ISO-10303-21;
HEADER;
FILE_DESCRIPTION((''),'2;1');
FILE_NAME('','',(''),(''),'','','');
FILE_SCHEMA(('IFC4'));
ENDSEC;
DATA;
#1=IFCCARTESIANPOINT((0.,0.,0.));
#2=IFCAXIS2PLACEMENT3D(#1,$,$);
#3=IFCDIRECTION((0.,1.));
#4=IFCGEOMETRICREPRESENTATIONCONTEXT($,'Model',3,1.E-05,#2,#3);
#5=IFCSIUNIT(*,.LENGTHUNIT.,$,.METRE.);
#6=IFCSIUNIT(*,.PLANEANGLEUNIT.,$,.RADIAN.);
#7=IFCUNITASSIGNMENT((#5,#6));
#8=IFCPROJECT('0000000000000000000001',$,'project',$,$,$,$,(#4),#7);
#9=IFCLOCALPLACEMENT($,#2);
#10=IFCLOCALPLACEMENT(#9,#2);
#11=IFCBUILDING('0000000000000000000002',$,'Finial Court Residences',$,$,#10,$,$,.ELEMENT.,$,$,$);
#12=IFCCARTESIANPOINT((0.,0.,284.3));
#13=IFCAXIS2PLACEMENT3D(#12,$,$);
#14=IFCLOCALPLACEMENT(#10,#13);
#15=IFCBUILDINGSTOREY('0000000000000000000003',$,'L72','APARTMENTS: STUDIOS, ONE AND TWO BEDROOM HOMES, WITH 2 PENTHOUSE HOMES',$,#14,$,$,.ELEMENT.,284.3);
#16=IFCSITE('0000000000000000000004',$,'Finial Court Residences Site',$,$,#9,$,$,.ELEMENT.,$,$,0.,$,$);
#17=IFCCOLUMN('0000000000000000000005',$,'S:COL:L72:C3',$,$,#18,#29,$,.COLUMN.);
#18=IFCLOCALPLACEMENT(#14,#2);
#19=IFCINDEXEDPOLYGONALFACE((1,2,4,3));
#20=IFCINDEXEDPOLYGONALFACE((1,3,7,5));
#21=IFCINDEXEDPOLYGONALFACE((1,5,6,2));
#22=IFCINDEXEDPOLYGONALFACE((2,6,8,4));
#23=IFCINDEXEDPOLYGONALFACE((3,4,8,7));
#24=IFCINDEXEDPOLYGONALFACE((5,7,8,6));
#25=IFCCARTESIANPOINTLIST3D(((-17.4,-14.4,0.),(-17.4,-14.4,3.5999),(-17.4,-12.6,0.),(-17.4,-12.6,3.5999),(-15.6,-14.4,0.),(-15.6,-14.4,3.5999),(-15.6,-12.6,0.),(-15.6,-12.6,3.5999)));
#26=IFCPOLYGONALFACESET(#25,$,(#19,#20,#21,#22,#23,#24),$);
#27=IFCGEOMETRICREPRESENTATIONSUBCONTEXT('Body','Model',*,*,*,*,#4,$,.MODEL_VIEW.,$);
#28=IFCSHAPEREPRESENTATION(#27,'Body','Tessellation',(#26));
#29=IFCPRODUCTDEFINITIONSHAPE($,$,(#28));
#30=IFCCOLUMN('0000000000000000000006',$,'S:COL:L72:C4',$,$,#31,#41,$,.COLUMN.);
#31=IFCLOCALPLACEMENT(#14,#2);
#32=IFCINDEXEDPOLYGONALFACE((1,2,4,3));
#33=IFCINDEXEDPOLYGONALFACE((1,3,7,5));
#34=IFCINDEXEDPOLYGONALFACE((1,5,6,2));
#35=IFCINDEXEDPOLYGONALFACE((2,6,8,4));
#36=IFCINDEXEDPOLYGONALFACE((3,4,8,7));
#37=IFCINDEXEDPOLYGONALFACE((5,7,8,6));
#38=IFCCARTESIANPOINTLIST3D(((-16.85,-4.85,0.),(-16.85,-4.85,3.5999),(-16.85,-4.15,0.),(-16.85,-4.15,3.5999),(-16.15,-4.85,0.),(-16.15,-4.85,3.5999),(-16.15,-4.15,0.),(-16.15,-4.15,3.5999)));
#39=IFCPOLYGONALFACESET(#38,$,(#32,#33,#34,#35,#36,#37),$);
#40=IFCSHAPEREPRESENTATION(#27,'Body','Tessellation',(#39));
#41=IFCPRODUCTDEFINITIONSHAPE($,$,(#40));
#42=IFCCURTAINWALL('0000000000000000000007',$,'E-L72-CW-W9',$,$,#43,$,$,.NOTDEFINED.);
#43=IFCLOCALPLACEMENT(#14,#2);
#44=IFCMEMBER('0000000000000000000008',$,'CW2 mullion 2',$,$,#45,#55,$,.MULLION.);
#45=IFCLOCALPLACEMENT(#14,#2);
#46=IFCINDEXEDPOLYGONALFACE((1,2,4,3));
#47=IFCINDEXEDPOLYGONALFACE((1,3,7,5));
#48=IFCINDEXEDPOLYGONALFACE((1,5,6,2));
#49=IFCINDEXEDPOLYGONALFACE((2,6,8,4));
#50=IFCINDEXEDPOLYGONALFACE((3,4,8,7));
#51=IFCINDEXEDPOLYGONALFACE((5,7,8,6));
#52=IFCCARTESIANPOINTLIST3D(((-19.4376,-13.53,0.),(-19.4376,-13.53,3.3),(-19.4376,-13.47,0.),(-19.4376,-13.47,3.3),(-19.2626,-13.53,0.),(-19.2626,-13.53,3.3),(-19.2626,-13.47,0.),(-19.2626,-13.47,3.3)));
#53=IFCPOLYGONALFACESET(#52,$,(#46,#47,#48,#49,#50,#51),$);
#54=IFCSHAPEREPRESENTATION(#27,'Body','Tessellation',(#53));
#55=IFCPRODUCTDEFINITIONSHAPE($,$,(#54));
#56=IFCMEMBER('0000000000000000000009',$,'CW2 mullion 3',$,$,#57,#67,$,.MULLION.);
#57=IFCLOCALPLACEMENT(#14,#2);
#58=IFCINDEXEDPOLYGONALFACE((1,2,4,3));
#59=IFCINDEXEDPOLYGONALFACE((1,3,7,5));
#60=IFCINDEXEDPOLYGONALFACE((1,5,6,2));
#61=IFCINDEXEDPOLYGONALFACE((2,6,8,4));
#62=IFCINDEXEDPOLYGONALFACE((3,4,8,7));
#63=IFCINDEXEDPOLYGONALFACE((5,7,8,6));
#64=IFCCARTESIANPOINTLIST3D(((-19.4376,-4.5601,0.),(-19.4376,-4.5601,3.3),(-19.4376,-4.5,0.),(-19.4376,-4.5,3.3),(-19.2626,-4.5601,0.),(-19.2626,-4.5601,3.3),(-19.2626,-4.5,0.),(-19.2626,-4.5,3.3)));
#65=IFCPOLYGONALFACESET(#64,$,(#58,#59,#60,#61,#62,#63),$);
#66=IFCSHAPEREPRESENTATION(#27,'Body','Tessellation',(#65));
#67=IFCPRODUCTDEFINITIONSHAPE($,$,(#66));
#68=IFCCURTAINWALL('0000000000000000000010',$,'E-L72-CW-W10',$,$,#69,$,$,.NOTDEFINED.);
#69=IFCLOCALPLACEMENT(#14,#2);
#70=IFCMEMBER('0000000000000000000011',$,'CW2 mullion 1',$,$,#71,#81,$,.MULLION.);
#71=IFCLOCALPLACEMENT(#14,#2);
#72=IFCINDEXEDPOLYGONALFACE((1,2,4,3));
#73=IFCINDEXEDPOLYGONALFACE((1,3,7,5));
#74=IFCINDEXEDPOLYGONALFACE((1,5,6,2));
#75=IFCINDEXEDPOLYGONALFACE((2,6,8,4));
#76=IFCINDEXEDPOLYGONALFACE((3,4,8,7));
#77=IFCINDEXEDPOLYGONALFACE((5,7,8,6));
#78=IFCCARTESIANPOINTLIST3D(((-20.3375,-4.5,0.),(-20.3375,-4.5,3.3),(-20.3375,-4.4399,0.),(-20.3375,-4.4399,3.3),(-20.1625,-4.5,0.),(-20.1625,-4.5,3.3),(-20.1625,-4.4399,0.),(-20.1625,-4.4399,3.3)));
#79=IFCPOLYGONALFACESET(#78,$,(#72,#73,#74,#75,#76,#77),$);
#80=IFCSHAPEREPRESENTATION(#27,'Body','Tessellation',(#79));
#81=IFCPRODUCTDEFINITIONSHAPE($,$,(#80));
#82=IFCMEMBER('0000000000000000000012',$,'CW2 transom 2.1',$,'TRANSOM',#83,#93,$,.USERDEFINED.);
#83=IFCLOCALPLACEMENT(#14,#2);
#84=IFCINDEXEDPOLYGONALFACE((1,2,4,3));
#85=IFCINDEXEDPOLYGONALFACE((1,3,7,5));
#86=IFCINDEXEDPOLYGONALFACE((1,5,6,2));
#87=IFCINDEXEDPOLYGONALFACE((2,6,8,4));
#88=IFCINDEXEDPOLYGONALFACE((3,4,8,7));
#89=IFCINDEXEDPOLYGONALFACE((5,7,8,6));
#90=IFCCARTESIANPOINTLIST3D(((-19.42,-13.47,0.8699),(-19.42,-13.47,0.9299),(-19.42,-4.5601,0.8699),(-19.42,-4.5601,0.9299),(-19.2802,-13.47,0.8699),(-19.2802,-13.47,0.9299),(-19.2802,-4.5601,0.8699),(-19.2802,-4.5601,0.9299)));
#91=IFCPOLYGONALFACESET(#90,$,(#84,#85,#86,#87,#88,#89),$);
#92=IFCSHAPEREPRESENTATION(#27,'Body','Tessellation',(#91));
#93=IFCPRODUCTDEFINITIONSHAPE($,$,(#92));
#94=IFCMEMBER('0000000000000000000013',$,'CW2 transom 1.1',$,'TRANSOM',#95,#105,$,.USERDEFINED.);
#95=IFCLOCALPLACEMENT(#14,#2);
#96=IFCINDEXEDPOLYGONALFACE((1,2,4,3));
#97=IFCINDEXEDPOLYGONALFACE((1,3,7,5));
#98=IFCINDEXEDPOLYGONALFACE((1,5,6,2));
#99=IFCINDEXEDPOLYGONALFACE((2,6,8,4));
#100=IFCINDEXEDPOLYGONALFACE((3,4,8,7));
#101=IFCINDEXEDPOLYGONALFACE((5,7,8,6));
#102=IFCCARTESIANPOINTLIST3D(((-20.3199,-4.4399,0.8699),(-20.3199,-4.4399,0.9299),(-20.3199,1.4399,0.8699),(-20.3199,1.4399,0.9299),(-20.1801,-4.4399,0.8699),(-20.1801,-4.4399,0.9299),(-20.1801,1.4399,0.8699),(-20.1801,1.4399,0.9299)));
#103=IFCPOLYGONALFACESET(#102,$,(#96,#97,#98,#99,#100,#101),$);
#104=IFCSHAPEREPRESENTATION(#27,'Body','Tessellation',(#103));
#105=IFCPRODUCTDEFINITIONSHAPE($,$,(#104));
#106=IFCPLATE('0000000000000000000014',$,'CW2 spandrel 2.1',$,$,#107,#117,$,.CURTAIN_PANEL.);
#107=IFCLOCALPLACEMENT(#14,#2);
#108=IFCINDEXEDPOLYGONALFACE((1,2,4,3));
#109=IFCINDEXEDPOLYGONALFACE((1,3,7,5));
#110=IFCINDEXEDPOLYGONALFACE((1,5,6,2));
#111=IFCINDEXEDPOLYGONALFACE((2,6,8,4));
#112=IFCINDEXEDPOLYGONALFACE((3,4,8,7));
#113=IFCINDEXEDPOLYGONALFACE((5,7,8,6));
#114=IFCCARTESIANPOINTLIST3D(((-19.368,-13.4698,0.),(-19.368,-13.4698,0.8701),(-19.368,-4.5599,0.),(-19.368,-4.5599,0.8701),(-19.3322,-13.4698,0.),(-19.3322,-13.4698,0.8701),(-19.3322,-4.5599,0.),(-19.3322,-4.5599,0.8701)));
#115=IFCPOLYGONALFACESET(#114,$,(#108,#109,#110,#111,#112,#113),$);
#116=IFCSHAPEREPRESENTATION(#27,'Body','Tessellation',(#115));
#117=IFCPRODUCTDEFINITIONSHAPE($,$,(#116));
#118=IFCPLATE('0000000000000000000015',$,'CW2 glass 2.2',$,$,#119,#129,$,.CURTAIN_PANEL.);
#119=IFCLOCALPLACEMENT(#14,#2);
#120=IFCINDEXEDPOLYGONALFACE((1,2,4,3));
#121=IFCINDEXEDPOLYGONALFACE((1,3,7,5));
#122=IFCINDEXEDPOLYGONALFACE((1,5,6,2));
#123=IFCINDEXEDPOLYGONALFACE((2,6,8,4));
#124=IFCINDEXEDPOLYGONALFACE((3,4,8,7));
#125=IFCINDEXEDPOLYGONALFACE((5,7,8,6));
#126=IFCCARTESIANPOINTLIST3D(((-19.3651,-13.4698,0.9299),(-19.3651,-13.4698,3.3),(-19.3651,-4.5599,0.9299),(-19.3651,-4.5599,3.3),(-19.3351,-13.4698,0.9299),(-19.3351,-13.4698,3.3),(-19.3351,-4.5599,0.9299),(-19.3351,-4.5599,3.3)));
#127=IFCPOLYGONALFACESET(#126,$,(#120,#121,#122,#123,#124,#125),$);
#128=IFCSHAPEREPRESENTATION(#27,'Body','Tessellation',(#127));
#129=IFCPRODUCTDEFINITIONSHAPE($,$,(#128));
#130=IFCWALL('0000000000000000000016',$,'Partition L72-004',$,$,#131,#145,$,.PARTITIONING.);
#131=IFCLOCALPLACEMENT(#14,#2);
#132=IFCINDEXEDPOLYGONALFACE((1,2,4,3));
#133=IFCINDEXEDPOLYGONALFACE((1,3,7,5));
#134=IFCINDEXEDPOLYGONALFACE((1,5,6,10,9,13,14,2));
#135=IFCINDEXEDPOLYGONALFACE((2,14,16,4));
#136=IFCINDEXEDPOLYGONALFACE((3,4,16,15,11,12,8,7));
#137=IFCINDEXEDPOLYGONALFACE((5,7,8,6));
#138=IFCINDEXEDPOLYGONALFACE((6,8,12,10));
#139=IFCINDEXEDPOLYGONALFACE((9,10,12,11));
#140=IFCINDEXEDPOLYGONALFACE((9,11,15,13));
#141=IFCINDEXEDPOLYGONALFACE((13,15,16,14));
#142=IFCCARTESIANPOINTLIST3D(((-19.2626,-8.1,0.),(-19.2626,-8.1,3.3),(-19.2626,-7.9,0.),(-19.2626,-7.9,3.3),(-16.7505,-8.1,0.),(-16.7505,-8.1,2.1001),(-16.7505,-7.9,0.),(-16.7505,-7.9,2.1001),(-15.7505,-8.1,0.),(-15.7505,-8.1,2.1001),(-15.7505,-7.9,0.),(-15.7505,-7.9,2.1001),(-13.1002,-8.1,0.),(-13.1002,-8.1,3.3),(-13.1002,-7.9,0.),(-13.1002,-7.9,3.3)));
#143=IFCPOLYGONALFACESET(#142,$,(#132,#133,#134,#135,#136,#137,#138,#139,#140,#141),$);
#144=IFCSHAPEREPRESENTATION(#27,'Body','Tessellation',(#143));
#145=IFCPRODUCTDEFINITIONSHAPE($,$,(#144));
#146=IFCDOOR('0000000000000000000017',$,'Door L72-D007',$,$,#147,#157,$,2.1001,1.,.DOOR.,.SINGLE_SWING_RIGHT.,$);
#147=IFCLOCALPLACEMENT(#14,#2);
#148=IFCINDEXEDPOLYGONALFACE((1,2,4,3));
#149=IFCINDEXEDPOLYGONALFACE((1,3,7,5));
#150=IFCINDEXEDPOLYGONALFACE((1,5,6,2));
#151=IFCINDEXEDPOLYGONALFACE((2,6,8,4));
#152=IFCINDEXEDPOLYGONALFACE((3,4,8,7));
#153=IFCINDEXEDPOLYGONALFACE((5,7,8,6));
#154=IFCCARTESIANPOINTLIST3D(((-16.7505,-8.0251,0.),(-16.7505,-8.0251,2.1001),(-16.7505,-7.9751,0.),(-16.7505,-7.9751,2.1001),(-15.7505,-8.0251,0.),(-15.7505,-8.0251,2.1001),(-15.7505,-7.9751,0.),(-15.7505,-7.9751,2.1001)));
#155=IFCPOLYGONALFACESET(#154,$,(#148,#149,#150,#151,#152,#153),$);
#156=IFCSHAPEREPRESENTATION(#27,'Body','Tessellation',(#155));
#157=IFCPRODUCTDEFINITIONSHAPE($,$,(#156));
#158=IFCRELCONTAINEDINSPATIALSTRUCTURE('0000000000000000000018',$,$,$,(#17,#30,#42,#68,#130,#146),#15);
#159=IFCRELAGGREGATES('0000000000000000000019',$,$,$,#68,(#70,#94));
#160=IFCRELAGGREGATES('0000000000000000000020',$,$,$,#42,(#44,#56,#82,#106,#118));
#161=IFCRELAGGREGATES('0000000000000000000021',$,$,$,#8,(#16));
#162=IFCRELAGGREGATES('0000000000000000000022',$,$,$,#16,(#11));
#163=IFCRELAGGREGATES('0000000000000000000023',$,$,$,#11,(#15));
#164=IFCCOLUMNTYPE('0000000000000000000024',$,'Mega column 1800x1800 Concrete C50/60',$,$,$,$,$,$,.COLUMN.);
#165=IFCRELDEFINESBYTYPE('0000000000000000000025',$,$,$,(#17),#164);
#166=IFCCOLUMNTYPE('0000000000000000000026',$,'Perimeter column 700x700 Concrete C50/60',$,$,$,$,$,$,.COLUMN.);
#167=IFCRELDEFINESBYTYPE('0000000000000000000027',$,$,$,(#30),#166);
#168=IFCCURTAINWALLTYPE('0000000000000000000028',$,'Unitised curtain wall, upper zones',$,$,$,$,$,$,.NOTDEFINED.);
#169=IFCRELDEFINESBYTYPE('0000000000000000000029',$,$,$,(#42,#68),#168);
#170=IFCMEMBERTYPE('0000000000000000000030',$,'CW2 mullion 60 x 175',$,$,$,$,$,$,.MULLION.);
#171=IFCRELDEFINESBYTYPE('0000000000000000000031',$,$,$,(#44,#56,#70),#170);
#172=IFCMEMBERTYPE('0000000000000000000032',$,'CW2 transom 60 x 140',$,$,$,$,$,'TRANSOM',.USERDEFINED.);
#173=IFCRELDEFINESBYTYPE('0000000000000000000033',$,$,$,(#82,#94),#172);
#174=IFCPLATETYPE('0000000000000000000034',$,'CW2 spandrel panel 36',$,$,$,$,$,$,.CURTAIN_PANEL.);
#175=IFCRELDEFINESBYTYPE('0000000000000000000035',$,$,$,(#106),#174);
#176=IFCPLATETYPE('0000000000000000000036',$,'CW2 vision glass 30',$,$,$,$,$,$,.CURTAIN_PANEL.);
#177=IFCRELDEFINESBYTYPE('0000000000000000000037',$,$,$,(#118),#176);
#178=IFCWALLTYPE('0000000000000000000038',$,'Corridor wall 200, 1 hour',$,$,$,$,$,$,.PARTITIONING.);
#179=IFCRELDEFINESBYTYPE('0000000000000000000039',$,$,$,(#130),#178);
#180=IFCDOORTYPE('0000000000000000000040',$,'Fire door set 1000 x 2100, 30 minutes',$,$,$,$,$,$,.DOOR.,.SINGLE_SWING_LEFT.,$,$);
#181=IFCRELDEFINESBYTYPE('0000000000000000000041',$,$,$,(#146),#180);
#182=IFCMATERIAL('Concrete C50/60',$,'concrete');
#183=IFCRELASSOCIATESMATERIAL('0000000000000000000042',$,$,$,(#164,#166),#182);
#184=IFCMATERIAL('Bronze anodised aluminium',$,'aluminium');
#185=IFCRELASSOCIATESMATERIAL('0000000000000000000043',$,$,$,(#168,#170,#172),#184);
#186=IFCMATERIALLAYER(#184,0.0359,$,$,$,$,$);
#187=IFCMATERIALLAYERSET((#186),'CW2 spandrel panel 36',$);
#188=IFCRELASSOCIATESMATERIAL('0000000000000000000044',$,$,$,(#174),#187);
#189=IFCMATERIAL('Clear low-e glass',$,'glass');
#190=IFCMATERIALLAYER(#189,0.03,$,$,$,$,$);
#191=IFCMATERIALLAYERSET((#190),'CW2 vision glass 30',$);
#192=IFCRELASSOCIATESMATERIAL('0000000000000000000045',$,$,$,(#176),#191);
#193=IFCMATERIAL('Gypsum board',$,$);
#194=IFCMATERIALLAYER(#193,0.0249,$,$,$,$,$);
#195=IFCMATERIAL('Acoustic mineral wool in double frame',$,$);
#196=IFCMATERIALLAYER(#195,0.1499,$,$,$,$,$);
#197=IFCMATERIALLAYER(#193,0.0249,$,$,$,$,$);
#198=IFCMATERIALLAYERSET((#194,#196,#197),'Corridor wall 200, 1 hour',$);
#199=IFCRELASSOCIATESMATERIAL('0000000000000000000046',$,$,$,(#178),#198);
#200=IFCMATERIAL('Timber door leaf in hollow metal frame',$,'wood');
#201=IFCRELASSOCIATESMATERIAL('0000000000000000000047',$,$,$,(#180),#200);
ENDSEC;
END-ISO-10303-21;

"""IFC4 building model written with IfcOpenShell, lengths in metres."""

from ifc_helpers import new_model, si_unit, direction, frame, frame_2d, origin, origin_2d, place, context, subcontext, project, spatial, rectangle, extrude, material, layer, layer_set, material_profile, profile_set, type_object, element, fill, aggregate, save


model = new_model("IFC4")

# Units and contexts
model_context = context("Model", 3, precision=1e-05, world=origin(), true_north=direction((0.0, 1.0)))
body_context = subcontext(model_context, "Body", "Model", "MODEL_VIEW")
ifc_project = project(units=[si_unit("LENGTHUNIT", "METRE"), si_unit("PLANEANGLEUNIT", "RADIAN")], contexts=[model_context])

# Site, building, storey
site_placement = place(None, origin())
site = spatial("IfcSite", under=ifc_project, at=site_placement, Name="Finial Court Residences Site", CompositionType="ELEMENT", RefElevation=0.0)
building_placement = place(site_placement, origin())
building = spatial("IfcBuilding", under=site, at=building_placement, Name="Finial Court Residences", CompositionType="ELEMENT")
storey_placement = place(building_placement, frame((0.0, 0.0, 284.3)))
storey = spatial("IfcBuildingStorey", under=building, at=storey_placement, Name="L72", Description="APARTMENTS: STUDIOS, ONE AND TWO BEDROOM HOMES, WITH 2 PENTHOUSE HOMES", CompositionType="ELEMENT", Elevation=284.3)

# Columns
ifc_material_1 = material(Name="Concrete C50/60", Category="concrete")
ifc_material_profile_1 = material_profile(ifc_material_1, rectangle(XDim=1.8, YDim=1.8, at=origin_2d()), Name="1800x1800")
ifc_profile_set_1 = profile_set([ifc_material_profile_1], Name="Concrete C50/60")
column_type_1 = type_object("IfcColumnType", Name="Mega column 1800x1800 Concrete C50/60", PredefinedType="COLUMN", material=ifc_profile_set_1)
column_1_placement = place(storey_placement, frame((-16.5, -13.5, 0.0), z_axis=(0.0, 0.0, 1.0), x_axis=(1.0, 0.0, 0.0)))
element("IfcColumn", 1, at=column_1_placement, inside=storey, type_object=column_type_1, Name="S:COL:L72:C3", PredefinedType="COLUMN", context=body_context, shape_type="SweptSolid", body=[
    extrude(rectangle(XDim=1.8, YDim=1.8, at=origin_2d()), origin(), (0.0, 0.0, 1.0), 3.5999),
])
ifc_material_profile_2 = material_profile(ifc_material_1, rectangle(XDim=0.7, YDim=0.7, at=origin_2d()), Name="700x700")
ifc_profile_set_2 = profile_set([ifc_material_profile_2], Name="Concrete C50/60")
column_type_2 = type_object("IfcColumnType", Name="Perimeter column 700x700 Concrete C50/60", PredefinedType="COLUMN", material=ifc_profile_set_2)
column_2_placement = place(storey_placement, frame((-16.5, -4.5, 0.0), z_axis=(0.0, 0.0, 1.0), x_axis=(1.0, 0.0, 0.0)))
element("IfcColumn", 2, at=column_2_placement, inside=storey, type_object=column_type_2, Name="S:COL:L72:C4", PredefinedType="COLUMN", context=body_context, shape_type="SweptSolid", body=[
    extrude(rectangle(XDim=0.7, YDim=0.7, at=origin_2d()), origin(), (0.0, 0.0, 1.0), 3.5999),
])

# Curtain wall, members
ifc_material_2 = material(Name="Bronze anodised aluminium", Category="aluminium")
curtain_wall_type = type_object("IfcCurtainWallType", Name="Unitised curtain wall, upper zones", PredefinedType="NOTDEFINED", material=ifc_material_2)
curtain_wall_1_placement = place(storey_placement, origin())
curtain_wall_1 = element("IfcCurtainWall", 3, at=curtain_wall_1_placement, inside=storey, type_object=curtain_wall_type, Name="E-L72-CW-W9", PredefinedType="NOTDEFINED")
ifc_material_profile_3 = material_profile(ifc_material_2, rectangle(XDim=0.175, YDim=0.0601, at=origin_2d()), Name="CW2 mullion 60 x 175")
ifc_profile_set_3 = profile_set([ifc_material_profile_3], Name="Bronze anodised aluminium")
member_type_1 = type_object("IfcMemberType", Name="CW2 mullion 60 x 175", PredefinedType="MULLION", material=ifc_profile_set_3)
member_1_placement = place(storey_placement, frame((-19.3501, -13.5, 0.0), z_axis=(0.0, 0.0, 1.0), x_axis=(-1.0, 0.0, 0.0)))
member_1 = element("IfcMember", 4, at=member_1_placement, type_object=member_type_1, Name="CW2 mullion 2", PredefinedType="MULLION", context=body_context, shape_type="SweptSolid", body=[
    extrude(rectangle(XDim=0.175, YDim=0.0601, at=origin_2d()), origin(), (0.0, 0.0, 1.0), 3.3),
])
member_2_placement = place(storey_placement, frame((-19.3501, -4.53, 0.0), z_axis=(0.0, 0.0, 1.0), x_axis=(-1.0, 0.0, 0.0)))
member_2 = element("IfcMember", 5, at=member_2_placement, type_object=member_type_1, Name="CW2 mullion 3", PredefinedType="MULLION", context=body_context, shape_type="SweptSolid", body=[
    extrude(rectangle(XDim=0.175, YDim=0.0601, at=origin_2d()), origin(), (0.0, 0.0, 1.0), 3.3),
])

# Curtain wall, member
curtain_wall_2_placement = place(storey_placement, origin())
curtain_wall_2 = element("IfcCurtainWall", 6, at=curtain_wall_2_placement, inside=storey, type_object=curtain_wall_type, Name="E-L72-CW-W10", PredefinedType="NOTDEFINED")
member_3_placement = place(storey_placement, frame((-20.25, -4.47, 0.0), z_axis=(0.0, 0.0, 1.0), x_axis=(-1.0, 0.0, 0.0)))
member_3 = element("IfcMember", 7, at=member_3_placement, type_object=member_type_1, Name="CW2 mullion 1", PredefinedType="MULLION", context=body_context, shape_type="SweptSolid", body=[
    extrude(rectangle(XDim=0.175, YDim=0.0601, at=origin_2d()), origin(), (0.0, 0.0, 1.0), 3.3),
])

# Members
ifc_material_profile_4 = material_profile(ifc_material_2, rectangle(XDim=0.1399, YDim=0.0601, at=origin_2d()), Name="CW2 transom 60 x 140")
ifc_profile_set_4 = profile_set([ifc_material_profile_4], Name="Bronze anodised aluminium")
member_type_2 = type_object("IfcMemberType", Name="CW2 transom 60 x 140", ElementType="TRANSOM", PredefinedType="USERDEFINED", material=ifc_profile_set_4)
member_4_placement = place(storey_placement, frame((-19.3501, -13.47, 0.8999), z_axis=(0.0, 1.0, 0.0), x_axis=(-1.0, 0.0, 0.0)))
member_4 = element("IfcMember", 8, at=member_4_placement, type_object=member_type_2, Name="CW2 transom 2.1", ObjectType="TRANSOM", PredefinedType="USERDEFINED", context=body_context, shape_type="SweptSolid", body=[
    extrude(rectangle(XDim=0.1399, YDim=0.0601, at=origin_2d()), origin(), (0.0, 0.0, 1.0), 8.9099),
])
member_5_placement = place(storey_placement, frame((-20.25, -4.4399, 0.8999), z_axis=(0.0, 1.0, 0.0), x_axis=(-1.0, 0.0, 0.0)))
member_5 = element("IfcMember", 9, at=member_5_placement, type_object=member_type_2, Name="CW2 transom 1.1", ObjectType="TRANSOM", PredefinedType="USERDEFINED", context=body_context, shape_type="SweptSolid", body=[
    extrude(rectangle(XDim=0.1399, YDim=0.0601, at=origin_2d()), origin(), (0.0, 0.0, 1.0), 5.8799),
])
aggregate(curtain_wall_2, [member_3, member_5])

# Plates
ifc_layer_1 = layer(ifc_material_2, 0.0359)
ifc_layer_set_1 = layer_set([ifc_layer_1], Name="CW2 spandrel panel 36")
plate_type_1 = type_object("IfcPlateType", Name="CW2 spandrel panel 36", PredefinedType="CURTAIN_PANEL", material=ifc_layer_set_1)
plate_1_placement = place(storey_placement, frame((-19.3501, -9.0149, 0.0), z_axis=(0.0, 0.0, 1.0), x_axis=(0.0, 1.0, 0.0)))
plate_1 = element("IfcPlate", 10, at=plate_1_placement, type_object=plate_type_1, Name="CW2 spandrel 2.1", PredefinedType="CURTAIN_PANEL", context=body_context, shape_type="SweptSolid", body=[
    extrude(rectangle(XDim=8.9099, YDim=0.0359, at=origin_2d()), origin(), (0.0, 0.0, 1.0), 0.8701),
])
ifc_material_3 = material(Name="Clear low-e glass", Category="glass")
ifc_layer_2 = layer(ifc_material_3, 0.03)
ifc_layer_set_2 = layer_set([ifc_layer_2], Name="CW2 vision glass 30")
plate_type_2 = type_object("IfcPlateType", Name="CW2 vision glass 30", PredefinedType="CURTAIN_PANEL", material=ifc_layer_set_2)
plate_2_placement = place(storey_placement, frame((-19.3501, -9.0149, 0.9299), z_axis=(0.0, 0.0, 1.0), x_axis=(0.0, 1.0, 0.0)))
plate_2 = element("IfcPlate", 11, at=plate_2_placement, type_object=plate_type_2, Name="CW2 glass 2.2", PredefinedType="CURTAIN_PANEL", context=body_context, shape_type="SweptSolid", body=[
    extrude(rectangle(XDim=8.9099, YDim=0.03, at=origin_2d()), origin(), (0.0, 0.0, 1.0), 2.3701),
])
aggregate(curtain_wall_1, [member_1, member_2, member_4, plate_1, plate_2])

# Wall, opening, door
ifc_material_4 = material(Name="Gypsum board")
ifc_layer_3 = layer(ifc_material_4, 0.0249)
ifc_material_5 = material(Name="Acoustic mineral wool in double frame")
ifc_layer_4 = layer(ifc_material_5, 0.1499)
ifc_layer_5 = layer(ifc_material_4, 0.0249)
ifc_layer_set_3 = layer_set([ifc_layer_3, ifc_layer_4, ifc_layer_5], Name="Corridor wall 200, 1 hour")
wall_type_1 = type_object("IfcWallType", Name="Corridor wall 200, 1 hour", PredefinedType="PARTITIONING", material=ifc_layer_set_3)
wall_1_placement = place(storey_placement, frame((-19.2625, -8.0, 0.0), z_axis=(0.0, 0.0, 1.0), x_axis=(1.0, 0.0, 0.0)))
wall_1 = element("IfcWall", 12, at=wall_1_placement, inside=storey, type_object=wall_type_1, Name="Partition L72-004", PredefinedType="PARTITIONING", context=body_context, shape_type="SweptSolid", body=[
    extrude(rectangle(XDim=6.1624, YDim=0.2, at=frame_2d((3.0811, 0.0))), origin(), (0.0, 0.0, 1.0), 3.3),
])
opening_1_placement = place(wall_1_placement, frame((2.512, 0.0, 0.0)))
opening_1 = element("IfcOpeningElement", 13, at=opening_1_placement, cuts=wall_1, PredefinedType="OPENING", context=body_context, shape_type="SweptSolid", body=[
    extrude(rectangle(XDim=1.0, YDim=2.1001, at=frame_2d((0.5, 1.05))), frame((0.0, 0.1099, 0.0), z_axis=(0.0, -1.0, 0.0), x_axis=(1.0, 0.0, 0.0)), (0.0, 0.0, 1.0), 0.22),
])
ifc_material_6 = material(Name="Timber door leaf in hollow metal frame", Category="wood")
door_type_1 = type_object("IfcDoorType", Name="Fire door set 1000 x 2100, 30 minutes", OperationType="SINGLE_SWING_LEFT", PredefinedType="DOOR", material=ifc_material_6)
door_1_placement = place(opening_1_placement, origin())
door_1 = element("IfcDoor", 14, at=door_1_placement, inside=storey, type_object=door_type_1, Name="Door L72-D007", OperationType="SINGLE_SWING_RIGHT", OverallHeight=2.1001, OverallWidth=1.0, PredefinedType="DOOR", context=body_context, shape_type="SweptSolid", body=[
    extrude(rectangle(XDim=1.0, YDim=2.1001, at=frame_2d((0.5, 1.05))), frame((0.0, 0.0249, 0.0), z_axis=(0.0, -1.0, 0.0), x_axis=(1.0, 0.0, 0.0)), (0.0, 0.0, 1.0), 0.05),
])
fill(opening_1, door_1)

save(model, "model.ifc")
